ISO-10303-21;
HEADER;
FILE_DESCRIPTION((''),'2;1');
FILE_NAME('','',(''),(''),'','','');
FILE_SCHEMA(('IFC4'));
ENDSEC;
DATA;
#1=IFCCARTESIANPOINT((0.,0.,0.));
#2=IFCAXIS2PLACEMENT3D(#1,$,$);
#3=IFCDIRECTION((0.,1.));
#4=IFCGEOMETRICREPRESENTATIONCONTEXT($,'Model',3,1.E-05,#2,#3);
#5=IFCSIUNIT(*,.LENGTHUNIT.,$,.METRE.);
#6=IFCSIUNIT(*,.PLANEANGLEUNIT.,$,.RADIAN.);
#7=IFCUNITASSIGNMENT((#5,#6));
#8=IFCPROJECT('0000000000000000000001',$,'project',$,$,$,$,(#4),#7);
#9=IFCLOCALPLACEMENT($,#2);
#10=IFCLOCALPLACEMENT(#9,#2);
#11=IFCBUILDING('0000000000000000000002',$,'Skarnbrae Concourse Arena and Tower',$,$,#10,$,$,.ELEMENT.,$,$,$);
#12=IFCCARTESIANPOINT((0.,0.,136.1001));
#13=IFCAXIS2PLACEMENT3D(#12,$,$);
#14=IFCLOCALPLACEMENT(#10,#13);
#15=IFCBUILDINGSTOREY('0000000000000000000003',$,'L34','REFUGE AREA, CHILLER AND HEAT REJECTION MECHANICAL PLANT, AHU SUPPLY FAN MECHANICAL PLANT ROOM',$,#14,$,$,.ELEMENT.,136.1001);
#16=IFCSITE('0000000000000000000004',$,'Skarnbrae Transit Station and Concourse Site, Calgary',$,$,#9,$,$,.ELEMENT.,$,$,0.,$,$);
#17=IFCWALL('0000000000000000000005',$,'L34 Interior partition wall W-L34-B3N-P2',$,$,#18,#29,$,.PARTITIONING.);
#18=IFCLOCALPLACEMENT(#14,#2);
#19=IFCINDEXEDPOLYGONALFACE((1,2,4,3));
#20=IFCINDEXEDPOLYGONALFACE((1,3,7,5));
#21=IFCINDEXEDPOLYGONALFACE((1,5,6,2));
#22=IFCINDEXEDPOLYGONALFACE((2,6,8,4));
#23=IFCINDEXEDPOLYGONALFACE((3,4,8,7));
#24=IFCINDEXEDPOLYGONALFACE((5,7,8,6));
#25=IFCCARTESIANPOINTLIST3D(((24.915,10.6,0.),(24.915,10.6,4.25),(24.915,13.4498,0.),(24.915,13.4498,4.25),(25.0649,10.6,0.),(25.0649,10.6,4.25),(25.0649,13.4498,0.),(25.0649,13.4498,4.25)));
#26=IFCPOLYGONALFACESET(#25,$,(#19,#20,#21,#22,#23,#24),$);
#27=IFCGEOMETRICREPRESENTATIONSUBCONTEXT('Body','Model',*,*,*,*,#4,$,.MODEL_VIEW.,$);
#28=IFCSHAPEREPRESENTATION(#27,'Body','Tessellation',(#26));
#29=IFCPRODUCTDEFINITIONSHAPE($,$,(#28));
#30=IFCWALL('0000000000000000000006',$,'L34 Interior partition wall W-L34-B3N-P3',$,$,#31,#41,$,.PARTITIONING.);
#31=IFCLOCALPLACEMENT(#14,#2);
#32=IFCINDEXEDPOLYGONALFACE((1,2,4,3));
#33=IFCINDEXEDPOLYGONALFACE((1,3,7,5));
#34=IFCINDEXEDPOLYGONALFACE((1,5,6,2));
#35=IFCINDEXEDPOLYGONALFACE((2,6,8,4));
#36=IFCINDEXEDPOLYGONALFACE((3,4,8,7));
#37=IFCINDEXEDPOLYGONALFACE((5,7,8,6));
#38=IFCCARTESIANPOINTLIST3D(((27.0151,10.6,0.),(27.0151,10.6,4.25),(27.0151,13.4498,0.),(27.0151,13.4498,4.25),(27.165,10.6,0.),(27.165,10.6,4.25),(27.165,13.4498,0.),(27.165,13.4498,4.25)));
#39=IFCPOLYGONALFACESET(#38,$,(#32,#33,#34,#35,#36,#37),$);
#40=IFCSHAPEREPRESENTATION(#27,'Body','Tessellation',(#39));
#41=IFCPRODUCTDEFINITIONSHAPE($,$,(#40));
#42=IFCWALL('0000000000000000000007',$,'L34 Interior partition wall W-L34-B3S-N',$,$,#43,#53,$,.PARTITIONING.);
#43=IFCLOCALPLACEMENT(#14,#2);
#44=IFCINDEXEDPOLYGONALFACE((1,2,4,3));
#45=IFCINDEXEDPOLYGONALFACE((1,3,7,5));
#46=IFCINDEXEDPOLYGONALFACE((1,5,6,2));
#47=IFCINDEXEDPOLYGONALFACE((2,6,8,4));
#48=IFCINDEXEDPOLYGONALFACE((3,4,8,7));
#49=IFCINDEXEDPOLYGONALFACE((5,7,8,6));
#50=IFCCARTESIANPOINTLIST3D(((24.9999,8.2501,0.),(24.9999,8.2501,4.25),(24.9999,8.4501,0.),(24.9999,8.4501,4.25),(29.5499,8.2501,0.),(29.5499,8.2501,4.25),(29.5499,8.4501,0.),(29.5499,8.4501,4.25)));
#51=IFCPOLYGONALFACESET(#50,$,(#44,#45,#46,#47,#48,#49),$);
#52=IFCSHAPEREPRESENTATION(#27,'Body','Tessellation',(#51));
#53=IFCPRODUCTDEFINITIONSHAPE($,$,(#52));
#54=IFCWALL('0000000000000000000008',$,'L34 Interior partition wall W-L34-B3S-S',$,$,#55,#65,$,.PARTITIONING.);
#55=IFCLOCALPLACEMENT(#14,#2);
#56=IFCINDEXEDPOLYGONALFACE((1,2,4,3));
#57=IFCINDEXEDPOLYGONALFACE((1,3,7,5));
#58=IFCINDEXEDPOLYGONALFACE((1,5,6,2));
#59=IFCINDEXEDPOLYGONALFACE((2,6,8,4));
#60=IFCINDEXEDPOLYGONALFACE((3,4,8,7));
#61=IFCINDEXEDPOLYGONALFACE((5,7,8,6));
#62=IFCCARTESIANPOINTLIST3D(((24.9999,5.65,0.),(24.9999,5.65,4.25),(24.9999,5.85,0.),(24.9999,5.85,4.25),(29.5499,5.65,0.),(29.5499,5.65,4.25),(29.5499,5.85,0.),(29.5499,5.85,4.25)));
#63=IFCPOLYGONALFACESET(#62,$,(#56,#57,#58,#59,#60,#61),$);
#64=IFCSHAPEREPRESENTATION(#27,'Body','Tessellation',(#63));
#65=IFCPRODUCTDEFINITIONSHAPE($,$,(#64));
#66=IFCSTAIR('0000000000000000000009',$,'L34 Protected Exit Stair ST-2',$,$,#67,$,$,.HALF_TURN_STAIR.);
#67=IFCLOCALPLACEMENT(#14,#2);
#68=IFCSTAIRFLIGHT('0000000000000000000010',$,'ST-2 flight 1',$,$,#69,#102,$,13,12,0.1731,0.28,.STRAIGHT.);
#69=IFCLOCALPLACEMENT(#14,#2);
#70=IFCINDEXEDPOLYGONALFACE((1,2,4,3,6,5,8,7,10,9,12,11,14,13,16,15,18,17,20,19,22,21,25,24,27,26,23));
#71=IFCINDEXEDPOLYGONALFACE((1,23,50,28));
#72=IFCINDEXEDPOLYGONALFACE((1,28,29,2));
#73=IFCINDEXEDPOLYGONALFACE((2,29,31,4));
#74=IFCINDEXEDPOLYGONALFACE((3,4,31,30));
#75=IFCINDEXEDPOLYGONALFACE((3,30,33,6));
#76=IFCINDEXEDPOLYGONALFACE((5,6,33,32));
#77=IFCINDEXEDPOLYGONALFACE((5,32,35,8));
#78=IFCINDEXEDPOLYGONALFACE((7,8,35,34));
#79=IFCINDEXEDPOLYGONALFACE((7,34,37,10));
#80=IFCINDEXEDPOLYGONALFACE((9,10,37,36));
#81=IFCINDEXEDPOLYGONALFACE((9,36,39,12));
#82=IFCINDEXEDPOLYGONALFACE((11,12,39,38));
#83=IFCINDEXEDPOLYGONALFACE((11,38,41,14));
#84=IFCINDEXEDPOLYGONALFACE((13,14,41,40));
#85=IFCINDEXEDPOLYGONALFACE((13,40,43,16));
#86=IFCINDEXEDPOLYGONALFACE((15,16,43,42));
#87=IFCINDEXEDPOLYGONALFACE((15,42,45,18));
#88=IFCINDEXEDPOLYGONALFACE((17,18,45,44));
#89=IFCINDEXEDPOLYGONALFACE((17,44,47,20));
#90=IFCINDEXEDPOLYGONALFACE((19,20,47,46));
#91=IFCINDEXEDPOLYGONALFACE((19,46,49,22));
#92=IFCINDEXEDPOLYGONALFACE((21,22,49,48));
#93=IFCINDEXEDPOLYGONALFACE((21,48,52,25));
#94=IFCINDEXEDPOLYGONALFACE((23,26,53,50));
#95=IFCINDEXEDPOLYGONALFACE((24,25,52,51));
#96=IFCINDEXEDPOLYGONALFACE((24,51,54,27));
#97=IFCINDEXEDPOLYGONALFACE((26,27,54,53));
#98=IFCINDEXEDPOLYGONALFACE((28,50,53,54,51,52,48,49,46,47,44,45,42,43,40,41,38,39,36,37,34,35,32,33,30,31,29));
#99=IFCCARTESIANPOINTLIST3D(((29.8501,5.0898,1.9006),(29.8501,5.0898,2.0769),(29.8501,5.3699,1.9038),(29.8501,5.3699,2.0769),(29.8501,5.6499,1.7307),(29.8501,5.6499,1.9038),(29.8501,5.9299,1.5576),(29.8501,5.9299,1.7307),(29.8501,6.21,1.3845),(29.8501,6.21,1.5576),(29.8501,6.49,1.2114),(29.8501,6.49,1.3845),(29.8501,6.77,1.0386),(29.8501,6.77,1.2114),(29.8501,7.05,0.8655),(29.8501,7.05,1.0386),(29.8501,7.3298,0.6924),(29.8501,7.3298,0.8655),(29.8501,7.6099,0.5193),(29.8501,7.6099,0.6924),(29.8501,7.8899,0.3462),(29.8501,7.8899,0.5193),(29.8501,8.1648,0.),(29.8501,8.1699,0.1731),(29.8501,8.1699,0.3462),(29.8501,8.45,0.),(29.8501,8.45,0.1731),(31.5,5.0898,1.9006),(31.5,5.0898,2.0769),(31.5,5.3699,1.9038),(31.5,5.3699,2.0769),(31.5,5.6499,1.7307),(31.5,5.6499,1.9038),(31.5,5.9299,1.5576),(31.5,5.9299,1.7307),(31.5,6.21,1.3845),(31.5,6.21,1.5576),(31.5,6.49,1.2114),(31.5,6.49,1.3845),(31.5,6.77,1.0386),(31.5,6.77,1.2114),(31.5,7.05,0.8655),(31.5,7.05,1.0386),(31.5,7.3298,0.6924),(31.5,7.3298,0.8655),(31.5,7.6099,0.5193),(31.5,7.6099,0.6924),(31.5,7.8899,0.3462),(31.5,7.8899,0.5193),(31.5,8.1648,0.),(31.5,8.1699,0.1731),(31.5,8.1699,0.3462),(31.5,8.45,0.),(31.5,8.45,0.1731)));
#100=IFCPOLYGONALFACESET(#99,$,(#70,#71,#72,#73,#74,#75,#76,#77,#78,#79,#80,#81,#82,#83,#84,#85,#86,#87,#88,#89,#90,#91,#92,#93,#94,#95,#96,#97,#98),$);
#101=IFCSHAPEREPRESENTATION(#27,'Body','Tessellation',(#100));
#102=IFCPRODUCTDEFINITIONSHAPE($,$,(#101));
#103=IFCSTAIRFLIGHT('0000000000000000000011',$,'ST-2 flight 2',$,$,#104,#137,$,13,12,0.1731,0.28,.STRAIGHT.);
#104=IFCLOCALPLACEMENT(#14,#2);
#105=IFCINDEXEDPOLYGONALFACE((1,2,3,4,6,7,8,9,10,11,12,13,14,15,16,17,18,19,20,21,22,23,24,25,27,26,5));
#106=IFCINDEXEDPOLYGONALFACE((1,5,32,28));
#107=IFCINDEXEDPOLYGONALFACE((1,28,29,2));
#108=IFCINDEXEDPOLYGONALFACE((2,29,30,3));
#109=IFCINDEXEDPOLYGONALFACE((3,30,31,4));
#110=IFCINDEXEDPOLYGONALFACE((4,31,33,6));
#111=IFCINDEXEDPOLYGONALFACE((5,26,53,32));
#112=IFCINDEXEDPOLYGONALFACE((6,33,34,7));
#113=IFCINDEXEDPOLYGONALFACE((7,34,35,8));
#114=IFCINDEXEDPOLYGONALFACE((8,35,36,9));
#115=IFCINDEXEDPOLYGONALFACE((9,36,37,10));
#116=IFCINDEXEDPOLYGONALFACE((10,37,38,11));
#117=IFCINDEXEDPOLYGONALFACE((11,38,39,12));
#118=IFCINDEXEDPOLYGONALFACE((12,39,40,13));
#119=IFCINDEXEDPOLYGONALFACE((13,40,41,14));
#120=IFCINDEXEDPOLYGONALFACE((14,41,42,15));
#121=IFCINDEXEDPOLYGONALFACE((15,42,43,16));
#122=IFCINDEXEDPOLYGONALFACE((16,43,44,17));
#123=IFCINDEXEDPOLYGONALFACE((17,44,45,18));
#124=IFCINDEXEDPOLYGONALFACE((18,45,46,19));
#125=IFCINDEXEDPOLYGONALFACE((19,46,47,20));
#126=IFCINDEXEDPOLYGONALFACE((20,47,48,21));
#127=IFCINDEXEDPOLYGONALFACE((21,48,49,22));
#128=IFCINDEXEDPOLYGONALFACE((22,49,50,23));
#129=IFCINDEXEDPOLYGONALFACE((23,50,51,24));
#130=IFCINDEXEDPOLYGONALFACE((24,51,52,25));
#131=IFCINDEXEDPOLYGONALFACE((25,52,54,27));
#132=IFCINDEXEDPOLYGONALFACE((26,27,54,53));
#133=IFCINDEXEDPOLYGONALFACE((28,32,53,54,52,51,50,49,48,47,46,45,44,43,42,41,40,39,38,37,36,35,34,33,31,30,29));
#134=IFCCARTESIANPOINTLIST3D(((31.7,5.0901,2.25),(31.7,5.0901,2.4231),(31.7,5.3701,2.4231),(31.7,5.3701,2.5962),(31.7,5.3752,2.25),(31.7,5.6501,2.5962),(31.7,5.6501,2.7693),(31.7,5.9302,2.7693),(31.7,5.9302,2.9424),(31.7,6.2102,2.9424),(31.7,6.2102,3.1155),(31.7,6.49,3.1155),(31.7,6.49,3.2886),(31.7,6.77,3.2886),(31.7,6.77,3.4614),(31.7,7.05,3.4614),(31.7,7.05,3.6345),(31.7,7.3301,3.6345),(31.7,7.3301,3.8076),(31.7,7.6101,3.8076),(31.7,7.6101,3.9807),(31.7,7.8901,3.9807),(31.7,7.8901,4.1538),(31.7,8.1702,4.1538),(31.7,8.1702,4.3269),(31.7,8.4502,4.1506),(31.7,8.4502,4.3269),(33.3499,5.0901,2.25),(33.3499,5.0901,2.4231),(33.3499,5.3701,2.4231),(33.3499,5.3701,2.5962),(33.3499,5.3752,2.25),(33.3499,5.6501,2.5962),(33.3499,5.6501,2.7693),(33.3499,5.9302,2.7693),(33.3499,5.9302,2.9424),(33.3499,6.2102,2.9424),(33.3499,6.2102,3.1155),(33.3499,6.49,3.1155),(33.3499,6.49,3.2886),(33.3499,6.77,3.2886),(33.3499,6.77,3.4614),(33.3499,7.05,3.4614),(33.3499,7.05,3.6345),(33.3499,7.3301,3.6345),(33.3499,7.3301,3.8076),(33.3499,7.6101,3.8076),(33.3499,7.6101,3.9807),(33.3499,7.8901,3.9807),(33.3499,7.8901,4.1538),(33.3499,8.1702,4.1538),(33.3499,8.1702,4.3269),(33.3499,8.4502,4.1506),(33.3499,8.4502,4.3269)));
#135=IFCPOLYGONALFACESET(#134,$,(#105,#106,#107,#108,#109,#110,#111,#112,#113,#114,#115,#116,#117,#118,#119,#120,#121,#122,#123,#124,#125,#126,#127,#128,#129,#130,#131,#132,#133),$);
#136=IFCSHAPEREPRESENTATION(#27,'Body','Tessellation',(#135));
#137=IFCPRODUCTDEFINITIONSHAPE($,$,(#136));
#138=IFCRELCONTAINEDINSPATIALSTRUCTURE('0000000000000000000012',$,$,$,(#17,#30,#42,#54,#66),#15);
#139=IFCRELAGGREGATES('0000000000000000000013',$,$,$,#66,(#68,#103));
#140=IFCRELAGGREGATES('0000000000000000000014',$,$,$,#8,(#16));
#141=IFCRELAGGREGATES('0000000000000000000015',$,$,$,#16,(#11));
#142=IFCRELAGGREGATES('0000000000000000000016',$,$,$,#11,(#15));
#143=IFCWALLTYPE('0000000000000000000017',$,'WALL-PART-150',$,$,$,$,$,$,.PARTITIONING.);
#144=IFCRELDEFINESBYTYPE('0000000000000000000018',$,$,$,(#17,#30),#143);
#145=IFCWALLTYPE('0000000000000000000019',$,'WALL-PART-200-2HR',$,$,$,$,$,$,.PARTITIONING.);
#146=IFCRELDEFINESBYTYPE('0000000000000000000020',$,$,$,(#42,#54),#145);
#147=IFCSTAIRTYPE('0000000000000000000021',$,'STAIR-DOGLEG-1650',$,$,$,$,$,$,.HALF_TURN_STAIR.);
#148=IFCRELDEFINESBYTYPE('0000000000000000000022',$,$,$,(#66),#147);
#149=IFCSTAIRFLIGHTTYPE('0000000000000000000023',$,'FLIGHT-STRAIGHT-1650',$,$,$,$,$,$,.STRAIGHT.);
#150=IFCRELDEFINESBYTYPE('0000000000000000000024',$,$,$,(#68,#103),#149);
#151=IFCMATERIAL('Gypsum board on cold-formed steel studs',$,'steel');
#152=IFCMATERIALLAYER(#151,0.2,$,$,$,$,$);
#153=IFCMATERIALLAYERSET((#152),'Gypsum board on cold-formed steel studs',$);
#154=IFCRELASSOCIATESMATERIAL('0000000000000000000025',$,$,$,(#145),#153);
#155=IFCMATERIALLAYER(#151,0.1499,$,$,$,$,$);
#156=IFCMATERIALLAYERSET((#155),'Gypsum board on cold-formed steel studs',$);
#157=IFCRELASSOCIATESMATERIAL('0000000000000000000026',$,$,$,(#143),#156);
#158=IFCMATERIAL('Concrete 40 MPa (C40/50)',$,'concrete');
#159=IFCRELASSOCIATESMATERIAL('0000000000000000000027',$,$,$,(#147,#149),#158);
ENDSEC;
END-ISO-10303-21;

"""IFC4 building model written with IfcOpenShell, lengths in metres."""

from ifc_helpers import new_model, si_unit, direction, frame, frame_2d, origin, place, context, subcontext, project, spatial, polyline, rectangle, outline, extrude, source, transform, mapped, material, layer, layer_set, type_object, element, aggregate, save


model = new_model("IFC4")

# Units and contexts
model_context = context("Model", 3, precision=1e-05, world=origin(), true_north=direction((0.0, 1.0)))
body_context = subcontext(model_context, "Body", "Model", "MODEL_VIEW")
ifc_project = project(units=[si_unit("LENGTHUNIT", "METRE"), si_unit("PLANEANGLEUNIT", "RADIAN")], contexts=[model_context])

# Site, building, storey
site_placement = place(None, origin())
site = spatial("IfcSite", under=ifc_project, at=site_placement, Name="Skarnbrae Transit Station and Concourse Site, Calgary", CompositionType="ELEMENT", RefElevation=0.0)
building_placement = place(site_placement, origin())
building = spatial("IfcBuilding", under=site, at=building_placement, Name="Skarnbrae Concourse Arena and Tower", CompositionType="ELEMENT")
storey_placement = place(building_placement, frame((0.0, 0.0, 136.1001)))
storey = spatial("IfcBuildingStorey", under=building, at=storey_placement, Name="L34", Description="REFUGE AREA, CHILLER AND HEAT REJECTION MECHANICAL PLANT, AHU SUPPLY FAN MECHANICAL PLANT ROOM", CompositionType="ELEMENT", Elevation=136.1001)

# Shared definitions
ifc_material_1 = material(Name="Gypsum board on cold-formed steel studs", Category="steel")
ifc_layer_1 = layer(ifc_material_1, 0.2)
ifc_layer_set_1 = layer_set([ifc_layer_1], Name="Gypsum board on cold-formed steel studs")
wall_type_1 = type_object("IfcWallType", Name="WALL-PART-200-2HR", PredefinedType="PARTITIONING", material=ifc_layer_set_1)

# Walls
ifc_layer_2 = layer(ifc_material_1, 0.1499)
ifc_layer_set_2 = layer_set([ifc_layer_2], Name="Gypsum board on cold-formed steel studs")
wall_type_2 = type_object("IfcWallType", Name="WALL-PART-150", PredefinedType="PARTITIONING", material=ifc_layer_set_2)
shared_shape_1 = source(origin(), body_context, "Body", "SweptSolid", [
    extrude(rectangle(XDim=2.8499, YDim=0.1499, at=frame_2d((1.4248, 0.0))), origin(), (0.0, 0.0, 1.0), 4.25),
])
for number, where, z_axis, x_axis, name in (
    (1, (24.99, 10.6001, 0.0), (0.0, 0.0, 1.0), (0.0, 1.0, 0.0), "L34 Interior partition wall W-L34-B3N-P2"),
    (2, (27.0901, 10.6001, 0.0), (0.0, 0.0, 1.0), (0.0, 1.0, 0.0), "L34 Interior partition wall W-L34-B3N-P3"),
):
    element("IfcWall", number, at=place(storey_placement, frame(where, z_axis=z_axis, x_axis=x_axis)), inside=storey, type_object=wall_type_2, Name=name, PredefinedType="PARTITIONING", context=body_context, shape_type="MappedRepresentation", body=[
        mapped(shared_shape_1, transform((0.0, 0.0, 0.0))),
    ])
shared_shape_2 = source(origin(), body_context, "Body", "SweptSolid", [
    extrude(rectangle(XDim=4.55, YDim=0.2, at=frame_2d((2.2749, 0.0))), origin(), (0.0, 0.0, 1.0), 4.25),
])
for number, where, z_axis, x_axis, name in (
    (3, (25.0, 8.3501, 0.0), (0.0, 0.0, 1.0), (1.0, 0.0, 0.0), "L34 Interior partition wall W-L34-B3S-N"),
    (4, (25.0, 5.75, 0.0), (0.0, 0.0, 1.0), (1.0, 0.0, 0.0), "L34 Interior partition wall W-L34-B3S-S"),
):
    element("IfcWall", number, at=place(storey_placement, frame(where, z_axis=z_axis, x_axis=x_axis)), inside=storey, type_object=wall_type_1, Name=name, PredefinedType="PARTITIONING", context=body_context, shape_type="MappedRepresentation", body=[
        mapped(shared_shape_2, transform((0.0, 0.0, 0.0))),
    ])

# Stair, stair flights
ifc_material_2 = material(Name="Concrete 40 MPa (C40/50)", Category="concrete")
stair_type = type_object("IfcStairType", Name="STAIR-DOGLEG-1650", PredefinedType="HALF_TURN_STAIR", material=ifc_material_2)
stair_placement = place(storey_placement, origin())
stair = element("IfcStair", 5, at=stair_placement, inside=storey, type_object=stair_type, Name="L34 Protected Exit Stair ST-2", PredefinedType="HALF_TURN_STAIR")
stair_flight_type = type_object("IfcStairFlightType", Name="FLIGHT-STRAIGHT-1650", PredefinedType="STRAIGHT", material=ifc_material_2)
shared_shape_3 = source(origin(), body_context, "Body", "SweptSolid", [
    extrude(outline(polyline([(0.0, 0.0), (0.0, 0.1731), (0.28, 0.1731), (0.28, 0.3462), (0.5601, 0.3462), (0.5601, 0.5193), (0.8401, 0.5193), (0.8401, 0.6924), (1.1201, 0.6924), (1.1201, 0.8655), (1.3999, 0.8655), (1.3999, 1.0386), (1.6799, 1.0386), (1.6799, 1.2114), (1.96, 1.2114), (1.96, 1.3845), (2.24, 1.3845), (2.24, 1.5576), (2.52, 1.5576), (2.52, 1.7307), (2.8, 1.7307), (2.8, 1.9038), (3.0801, 1.9038), (3.0801, 2.0769), (3.3601, 2.0769), (3.3601, 2.25), (3.3601, 1.9006), (0.2852, 0.0), (0.0, 0.0)])), frame((0.0, 0.825, 0.0), z_axis=(0.0, -1.0, 0.0), x_axis=(1.0, 0.0, 0.0)), (0.0, 0.0, 1.0), 1.6499),
])
stair_flight_1_placement = place(storey_placement, frame((30.675, 8.45, 0.0), z_axis=(0.0, 0.0, 1.0), x_axis=(0.0, -1.0, 0.0)))
stair_flight_1 = element("IfcStairFlight", 6, at=stair_flight_1_placement, type_object=stair_flight_type, Name="ST-2 flight 1", NumberOfRisers=13, NumberOfTreads=12, PredefinedType="STRAIGHT", RiserHeight=0.1731, TreadLength=0.28, context=body_context, shape_type="MappedRepresentation", body=[
    mapped(shared_shape_3, transform((0.0, 0.0, 0.0))),
])
stair_flight_2_placement = place(storey_placement, frame((32.5249, 5.0901, 2.25), z_axis=(0.0, 0.0, 1.0), x_axis=(0.0, 1.0, 0.0)))
stair_flight_2 = element("IfcStairFlight", 7, at=stair_flight_2_placement, type_object=stair_flight_type, Name="ST-2 flight 2", NumberOfRisers=13, NumberOfTreads=12, PredefinedType="STRAIGHT", RiserHeight=0.1731, TreadLength=0.28, context=body_context, shape_type="MappedRepresentation", body=[
    mapped(shared_shape_3, transform((0.0, 0.0, 0.0))),
])
aggregate(stair, [stair_flight_1, stair_flight_2])

save(model, "model.ifc")
